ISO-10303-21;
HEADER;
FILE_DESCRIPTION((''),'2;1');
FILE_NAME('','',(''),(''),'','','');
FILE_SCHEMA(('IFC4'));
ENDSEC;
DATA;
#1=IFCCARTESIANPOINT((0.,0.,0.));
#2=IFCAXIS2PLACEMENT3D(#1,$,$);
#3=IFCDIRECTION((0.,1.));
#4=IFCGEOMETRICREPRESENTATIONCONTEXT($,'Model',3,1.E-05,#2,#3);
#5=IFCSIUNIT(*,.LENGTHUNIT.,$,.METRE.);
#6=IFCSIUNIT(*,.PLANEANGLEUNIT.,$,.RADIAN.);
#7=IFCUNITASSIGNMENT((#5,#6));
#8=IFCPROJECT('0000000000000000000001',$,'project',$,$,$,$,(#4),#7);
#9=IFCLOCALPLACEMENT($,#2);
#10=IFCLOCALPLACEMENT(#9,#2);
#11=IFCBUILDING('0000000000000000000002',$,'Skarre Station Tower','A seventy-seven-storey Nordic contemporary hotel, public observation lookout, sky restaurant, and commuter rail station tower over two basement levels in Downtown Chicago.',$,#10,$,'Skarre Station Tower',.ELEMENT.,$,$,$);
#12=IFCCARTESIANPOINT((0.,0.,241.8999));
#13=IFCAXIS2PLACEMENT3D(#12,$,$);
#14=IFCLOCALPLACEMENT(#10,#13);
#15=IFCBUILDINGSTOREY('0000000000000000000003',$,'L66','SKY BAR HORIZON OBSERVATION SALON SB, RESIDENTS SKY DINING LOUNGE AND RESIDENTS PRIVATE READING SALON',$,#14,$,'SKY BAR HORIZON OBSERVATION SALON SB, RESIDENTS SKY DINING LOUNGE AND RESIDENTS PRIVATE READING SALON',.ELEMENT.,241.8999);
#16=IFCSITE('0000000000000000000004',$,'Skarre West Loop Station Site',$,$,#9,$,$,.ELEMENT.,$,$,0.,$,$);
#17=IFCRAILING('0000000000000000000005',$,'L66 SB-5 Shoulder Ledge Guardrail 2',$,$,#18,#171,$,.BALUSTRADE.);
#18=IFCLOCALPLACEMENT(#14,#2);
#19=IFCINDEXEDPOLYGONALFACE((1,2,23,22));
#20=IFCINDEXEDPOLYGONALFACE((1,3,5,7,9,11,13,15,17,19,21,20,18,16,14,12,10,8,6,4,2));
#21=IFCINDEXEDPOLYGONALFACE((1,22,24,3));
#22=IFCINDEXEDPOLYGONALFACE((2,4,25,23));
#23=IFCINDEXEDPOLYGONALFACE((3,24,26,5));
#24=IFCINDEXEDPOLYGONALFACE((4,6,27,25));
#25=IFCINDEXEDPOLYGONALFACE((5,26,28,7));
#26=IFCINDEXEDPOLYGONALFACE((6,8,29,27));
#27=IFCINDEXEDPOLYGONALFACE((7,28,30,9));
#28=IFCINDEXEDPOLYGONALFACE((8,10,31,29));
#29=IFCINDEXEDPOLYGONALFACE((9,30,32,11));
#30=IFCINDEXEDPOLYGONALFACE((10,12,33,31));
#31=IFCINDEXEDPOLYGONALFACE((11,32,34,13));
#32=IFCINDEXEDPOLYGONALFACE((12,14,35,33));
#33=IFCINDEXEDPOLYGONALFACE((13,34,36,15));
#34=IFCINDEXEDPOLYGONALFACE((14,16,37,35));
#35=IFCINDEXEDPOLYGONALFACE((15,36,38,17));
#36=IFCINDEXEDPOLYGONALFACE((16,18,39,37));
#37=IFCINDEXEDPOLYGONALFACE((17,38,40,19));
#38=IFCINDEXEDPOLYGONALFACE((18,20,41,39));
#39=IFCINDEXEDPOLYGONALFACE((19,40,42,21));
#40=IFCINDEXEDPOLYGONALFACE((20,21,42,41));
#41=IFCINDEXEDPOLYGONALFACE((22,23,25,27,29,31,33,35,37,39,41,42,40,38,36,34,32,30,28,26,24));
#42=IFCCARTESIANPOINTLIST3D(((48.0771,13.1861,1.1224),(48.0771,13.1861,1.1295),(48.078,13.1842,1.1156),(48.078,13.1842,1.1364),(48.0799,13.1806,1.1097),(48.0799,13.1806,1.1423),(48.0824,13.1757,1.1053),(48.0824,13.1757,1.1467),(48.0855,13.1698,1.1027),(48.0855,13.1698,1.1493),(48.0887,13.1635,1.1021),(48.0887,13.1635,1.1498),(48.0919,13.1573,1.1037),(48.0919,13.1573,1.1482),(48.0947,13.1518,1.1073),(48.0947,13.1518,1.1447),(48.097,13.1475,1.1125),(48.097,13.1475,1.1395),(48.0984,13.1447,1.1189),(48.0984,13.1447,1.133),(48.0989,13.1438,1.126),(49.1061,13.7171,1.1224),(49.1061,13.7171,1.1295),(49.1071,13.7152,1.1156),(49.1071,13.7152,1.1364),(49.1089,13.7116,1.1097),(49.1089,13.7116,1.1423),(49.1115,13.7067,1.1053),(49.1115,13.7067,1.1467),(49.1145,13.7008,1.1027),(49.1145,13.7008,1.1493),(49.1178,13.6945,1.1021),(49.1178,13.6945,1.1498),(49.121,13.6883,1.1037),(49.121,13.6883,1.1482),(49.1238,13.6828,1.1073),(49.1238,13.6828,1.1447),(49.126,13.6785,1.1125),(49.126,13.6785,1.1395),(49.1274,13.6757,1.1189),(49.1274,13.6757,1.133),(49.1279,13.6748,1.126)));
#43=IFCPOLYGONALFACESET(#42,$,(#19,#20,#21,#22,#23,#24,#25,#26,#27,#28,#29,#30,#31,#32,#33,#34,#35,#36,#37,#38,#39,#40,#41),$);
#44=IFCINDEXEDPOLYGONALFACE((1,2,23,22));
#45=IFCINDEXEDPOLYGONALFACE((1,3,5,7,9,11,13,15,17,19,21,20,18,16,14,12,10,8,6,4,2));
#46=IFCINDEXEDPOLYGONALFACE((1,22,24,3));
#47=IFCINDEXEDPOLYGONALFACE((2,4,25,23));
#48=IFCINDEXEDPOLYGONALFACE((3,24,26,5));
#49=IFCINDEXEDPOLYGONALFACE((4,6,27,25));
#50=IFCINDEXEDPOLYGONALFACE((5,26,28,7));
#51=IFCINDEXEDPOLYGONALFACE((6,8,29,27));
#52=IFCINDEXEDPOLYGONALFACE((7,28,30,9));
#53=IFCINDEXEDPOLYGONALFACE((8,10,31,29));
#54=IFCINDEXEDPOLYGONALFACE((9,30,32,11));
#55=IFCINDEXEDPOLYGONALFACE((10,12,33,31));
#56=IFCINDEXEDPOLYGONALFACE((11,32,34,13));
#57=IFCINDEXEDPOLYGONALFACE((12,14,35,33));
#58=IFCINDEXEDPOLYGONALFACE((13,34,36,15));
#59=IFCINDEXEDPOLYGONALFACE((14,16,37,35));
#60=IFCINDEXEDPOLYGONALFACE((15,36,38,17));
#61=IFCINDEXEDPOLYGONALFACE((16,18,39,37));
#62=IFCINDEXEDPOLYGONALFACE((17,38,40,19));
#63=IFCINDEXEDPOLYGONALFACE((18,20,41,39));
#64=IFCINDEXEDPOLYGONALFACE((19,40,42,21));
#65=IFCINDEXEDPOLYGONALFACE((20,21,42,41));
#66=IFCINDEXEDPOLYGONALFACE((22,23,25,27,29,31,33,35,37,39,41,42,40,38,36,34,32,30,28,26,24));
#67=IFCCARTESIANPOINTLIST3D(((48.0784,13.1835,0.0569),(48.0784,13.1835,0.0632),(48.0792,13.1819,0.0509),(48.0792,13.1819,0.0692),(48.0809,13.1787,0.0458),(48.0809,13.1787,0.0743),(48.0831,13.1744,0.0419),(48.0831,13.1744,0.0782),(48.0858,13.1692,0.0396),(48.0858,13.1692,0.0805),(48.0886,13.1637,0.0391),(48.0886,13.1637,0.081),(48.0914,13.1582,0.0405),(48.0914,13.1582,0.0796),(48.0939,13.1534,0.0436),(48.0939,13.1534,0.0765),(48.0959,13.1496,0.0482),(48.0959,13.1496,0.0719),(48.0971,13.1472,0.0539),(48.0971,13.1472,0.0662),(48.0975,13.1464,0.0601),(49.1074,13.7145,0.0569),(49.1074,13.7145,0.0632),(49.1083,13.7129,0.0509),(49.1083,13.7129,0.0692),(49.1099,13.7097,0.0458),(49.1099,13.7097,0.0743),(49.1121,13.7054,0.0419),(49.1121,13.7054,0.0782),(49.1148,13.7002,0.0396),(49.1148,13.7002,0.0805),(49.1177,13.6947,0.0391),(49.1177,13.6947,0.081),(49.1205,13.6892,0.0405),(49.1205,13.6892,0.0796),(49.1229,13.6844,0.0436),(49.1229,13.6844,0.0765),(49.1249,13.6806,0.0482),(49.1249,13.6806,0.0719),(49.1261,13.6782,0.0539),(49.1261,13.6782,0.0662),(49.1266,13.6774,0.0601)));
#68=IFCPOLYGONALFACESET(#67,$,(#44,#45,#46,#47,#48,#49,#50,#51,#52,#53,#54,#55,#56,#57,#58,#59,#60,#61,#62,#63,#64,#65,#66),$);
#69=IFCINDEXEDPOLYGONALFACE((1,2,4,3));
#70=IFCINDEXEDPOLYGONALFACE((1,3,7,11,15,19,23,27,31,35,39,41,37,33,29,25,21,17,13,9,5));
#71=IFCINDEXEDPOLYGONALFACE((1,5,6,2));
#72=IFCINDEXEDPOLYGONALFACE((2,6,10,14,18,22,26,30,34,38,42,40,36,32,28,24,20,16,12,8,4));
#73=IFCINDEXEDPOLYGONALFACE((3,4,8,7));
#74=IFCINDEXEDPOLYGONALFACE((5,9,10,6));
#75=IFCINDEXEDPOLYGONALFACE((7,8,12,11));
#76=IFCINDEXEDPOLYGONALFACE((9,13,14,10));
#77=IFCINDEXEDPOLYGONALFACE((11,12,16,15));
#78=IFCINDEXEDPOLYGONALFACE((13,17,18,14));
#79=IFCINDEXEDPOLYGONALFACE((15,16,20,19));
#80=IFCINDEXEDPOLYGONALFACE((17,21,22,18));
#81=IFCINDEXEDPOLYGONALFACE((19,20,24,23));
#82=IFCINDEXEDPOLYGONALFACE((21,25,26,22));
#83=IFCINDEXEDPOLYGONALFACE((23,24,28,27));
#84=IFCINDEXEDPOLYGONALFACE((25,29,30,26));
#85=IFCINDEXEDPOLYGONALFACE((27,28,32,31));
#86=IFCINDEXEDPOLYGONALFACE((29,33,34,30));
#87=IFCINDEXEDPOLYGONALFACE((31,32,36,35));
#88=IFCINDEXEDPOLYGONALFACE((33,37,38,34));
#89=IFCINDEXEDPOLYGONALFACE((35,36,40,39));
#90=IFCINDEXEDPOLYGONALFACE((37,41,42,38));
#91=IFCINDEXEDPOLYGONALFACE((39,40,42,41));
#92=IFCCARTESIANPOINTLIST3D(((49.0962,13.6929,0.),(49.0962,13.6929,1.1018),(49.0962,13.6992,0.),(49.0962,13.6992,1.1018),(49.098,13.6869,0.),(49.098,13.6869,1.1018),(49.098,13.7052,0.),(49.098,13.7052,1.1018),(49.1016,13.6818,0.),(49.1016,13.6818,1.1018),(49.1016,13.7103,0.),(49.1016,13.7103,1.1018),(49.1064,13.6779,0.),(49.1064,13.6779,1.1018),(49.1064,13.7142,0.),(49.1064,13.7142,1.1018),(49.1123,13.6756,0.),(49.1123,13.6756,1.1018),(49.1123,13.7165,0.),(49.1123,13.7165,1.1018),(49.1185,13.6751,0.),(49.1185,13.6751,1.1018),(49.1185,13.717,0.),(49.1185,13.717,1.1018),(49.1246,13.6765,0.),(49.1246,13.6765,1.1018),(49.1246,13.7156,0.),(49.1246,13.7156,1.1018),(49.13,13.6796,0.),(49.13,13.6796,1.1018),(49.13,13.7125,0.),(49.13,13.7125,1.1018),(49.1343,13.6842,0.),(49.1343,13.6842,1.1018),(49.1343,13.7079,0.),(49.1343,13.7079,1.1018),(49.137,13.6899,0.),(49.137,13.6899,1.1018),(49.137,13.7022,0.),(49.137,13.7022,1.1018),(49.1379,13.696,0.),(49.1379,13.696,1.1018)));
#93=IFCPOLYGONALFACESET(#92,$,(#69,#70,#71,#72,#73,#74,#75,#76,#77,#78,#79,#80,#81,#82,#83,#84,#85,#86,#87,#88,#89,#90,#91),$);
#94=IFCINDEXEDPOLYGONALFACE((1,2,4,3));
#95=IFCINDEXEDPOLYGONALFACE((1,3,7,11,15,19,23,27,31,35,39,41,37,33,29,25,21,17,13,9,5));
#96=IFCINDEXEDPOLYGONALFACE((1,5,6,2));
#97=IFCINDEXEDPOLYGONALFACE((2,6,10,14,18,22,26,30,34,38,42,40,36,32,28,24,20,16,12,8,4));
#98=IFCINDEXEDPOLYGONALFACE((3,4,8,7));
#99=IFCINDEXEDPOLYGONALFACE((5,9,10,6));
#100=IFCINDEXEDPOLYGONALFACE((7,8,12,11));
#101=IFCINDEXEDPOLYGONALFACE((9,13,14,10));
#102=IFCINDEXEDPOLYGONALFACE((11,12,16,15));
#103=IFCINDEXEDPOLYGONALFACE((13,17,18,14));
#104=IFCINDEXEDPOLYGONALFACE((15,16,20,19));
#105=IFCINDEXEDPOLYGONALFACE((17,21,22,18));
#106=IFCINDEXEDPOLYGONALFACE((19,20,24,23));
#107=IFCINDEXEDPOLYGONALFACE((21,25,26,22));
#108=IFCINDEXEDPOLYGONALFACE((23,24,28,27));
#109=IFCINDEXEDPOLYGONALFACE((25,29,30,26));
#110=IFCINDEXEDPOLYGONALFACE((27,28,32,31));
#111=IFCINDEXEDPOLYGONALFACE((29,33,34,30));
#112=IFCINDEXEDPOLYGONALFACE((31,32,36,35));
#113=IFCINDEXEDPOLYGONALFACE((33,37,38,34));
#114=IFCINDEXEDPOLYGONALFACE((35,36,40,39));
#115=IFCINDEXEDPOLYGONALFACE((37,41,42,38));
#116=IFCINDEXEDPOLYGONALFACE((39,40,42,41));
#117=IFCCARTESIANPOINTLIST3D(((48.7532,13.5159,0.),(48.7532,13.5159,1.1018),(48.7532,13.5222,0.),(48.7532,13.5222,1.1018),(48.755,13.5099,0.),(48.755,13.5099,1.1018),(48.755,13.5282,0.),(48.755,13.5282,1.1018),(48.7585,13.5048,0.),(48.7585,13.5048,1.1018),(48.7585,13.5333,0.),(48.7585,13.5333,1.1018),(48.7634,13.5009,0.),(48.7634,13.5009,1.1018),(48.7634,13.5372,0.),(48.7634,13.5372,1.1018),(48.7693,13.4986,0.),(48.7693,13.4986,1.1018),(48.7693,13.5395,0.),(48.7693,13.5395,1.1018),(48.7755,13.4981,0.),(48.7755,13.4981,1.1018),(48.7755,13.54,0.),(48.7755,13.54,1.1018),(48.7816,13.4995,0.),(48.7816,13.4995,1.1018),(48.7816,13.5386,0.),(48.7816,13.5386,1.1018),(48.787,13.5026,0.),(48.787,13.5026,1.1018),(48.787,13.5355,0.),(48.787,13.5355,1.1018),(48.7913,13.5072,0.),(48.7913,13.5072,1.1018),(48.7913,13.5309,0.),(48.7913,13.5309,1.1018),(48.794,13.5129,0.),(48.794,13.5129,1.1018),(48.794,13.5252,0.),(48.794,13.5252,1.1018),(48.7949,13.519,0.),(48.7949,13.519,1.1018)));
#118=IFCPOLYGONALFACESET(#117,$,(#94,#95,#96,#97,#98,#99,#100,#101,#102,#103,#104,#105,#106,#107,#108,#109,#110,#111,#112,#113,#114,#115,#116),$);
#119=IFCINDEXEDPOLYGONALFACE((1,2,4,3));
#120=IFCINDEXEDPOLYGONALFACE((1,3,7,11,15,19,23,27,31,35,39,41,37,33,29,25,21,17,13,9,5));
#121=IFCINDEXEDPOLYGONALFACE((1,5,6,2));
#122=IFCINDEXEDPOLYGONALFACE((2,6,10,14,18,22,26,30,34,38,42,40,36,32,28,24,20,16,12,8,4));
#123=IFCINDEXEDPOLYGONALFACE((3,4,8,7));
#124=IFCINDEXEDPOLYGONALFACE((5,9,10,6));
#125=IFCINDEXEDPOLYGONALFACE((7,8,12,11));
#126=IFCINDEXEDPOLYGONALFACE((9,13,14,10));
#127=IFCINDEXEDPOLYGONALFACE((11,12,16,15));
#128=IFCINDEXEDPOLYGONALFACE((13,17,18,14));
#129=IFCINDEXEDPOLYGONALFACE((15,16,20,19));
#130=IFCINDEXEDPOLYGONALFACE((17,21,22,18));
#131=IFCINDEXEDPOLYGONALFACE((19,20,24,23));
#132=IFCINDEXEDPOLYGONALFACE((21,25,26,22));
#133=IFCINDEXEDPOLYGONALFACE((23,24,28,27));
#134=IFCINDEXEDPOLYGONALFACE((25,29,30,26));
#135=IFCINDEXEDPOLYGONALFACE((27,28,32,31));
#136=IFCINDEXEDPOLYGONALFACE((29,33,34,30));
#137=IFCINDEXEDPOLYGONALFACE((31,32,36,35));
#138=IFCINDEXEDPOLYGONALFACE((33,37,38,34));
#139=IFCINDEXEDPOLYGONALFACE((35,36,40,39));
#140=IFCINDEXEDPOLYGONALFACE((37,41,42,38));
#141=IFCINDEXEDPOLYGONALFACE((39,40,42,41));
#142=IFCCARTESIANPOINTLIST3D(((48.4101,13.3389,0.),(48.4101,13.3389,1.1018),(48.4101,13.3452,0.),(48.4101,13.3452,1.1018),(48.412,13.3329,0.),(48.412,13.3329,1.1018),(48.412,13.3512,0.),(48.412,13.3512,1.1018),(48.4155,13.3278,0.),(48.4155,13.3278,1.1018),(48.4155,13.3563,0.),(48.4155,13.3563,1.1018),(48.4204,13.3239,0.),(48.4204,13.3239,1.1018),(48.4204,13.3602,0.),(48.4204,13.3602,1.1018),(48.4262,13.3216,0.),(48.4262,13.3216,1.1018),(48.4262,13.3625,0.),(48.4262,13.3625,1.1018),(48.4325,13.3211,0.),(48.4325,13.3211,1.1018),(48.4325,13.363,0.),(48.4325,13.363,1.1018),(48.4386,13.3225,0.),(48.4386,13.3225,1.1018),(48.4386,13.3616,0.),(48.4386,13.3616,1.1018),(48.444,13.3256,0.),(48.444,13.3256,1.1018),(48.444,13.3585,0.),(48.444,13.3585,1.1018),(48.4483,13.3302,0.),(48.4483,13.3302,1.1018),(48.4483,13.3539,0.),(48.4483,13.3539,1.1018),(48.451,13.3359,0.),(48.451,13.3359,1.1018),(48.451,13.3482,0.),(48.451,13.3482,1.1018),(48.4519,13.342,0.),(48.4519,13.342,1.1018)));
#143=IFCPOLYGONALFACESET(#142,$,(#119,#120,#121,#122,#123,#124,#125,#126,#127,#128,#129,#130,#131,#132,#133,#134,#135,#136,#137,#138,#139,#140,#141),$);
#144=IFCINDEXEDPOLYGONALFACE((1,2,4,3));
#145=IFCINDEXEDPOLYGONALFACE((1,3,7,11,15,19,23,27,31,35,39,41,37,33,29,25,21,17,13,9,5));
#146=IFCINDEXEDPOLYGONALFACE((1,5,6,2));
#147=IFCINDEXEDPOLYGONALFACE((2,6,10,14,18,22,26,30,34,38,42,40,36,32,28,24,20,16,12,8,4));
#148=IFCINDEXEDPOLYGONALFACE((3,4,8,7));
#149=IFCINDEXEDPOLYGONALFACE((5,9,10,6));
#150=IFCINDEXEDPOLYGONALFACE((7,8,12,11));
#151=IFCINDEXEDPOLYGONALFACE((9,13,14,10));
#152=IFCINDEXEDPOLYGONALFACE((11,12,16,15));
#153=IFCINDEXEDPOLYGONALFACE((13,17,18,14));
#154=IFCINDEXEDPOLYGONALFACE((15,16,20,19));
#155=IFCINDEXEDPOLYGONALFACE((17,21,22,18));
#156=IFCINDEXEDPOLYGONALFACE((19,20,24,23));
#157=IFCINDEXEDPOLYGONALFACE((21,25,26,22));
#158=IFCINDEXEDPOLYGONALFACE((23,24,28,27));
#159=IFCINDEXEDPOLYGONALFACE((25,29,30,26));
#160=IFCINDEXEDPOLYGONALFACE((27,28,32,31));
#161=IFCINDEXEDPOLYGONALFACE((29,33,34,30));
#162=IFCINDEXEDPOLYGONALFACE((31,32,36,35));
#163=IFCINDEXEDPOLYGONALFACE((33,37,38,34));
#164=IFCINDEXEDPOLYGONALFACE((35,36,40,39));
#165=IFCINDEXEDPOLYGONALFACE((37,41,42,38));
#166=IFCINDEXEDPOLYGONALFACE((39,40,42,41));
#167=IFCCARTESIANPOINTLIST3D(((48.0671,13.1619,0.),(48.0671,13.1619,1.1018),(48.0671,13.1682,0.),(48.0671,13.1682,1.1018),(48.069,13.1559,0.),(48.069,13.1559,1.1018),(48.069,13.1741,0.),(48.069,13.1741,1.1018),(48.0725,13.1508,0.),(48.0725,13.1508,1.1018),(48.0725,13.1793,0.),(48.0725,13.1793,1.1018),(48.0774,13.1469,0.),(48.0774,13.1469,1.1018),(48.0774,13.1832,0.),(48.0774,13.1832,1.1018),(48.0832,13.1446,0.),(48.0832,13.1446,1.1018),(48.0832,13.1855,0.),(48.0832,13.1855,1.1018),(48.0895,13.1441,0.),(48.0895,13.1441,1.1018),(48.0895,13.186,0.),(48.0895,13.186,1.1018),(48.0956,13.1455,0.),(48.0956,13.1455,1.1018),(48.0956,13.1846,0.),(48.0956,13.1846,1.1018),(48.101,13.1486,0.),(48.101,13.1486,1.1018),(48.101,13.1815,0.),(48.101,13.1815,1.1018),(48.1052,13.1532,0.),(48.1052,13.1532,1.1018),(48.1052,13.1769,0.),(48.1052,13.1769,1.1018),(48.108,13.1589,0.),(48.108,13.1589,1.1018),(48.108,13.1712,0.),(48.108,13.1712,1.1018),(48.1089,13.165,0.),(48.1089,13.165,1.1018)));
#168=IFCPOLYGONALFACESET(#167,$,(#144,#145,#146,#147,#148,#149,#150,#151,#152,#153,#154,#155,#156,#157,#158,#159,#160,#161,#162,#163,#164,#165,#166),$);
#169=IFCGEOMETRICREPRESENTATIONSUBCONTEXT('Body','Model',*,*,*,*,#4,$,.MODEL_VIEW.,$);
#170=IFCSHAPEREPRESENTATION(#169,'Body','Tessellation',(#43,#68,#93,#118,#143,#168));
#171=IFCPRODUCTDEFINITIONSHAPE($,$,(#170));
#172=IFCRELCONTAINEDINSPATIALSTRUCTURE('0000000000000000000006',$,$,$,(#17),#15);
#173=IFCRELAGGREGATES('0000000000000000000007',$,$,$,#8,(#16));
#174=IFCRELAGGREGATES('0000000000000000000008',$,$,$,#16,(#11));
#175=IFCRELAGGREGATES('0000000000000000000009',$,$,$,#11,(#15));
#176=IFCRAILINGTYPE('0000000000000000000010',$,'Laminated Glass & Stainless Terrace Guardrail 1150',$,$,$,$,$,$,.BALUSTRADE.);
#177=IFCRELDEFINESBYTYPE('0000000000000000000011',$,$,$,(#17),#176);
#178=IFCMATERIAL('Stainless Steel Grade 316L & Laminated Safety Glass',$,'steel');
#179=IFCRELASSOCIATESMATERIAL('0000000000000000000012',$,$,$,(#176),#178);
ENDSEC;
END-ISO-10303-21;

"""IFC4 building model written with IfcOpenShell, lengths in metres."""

from ifc_helpers import new_model, si_unit, direction, frame, origin, origin_2d, place, context, subcontext, project, spatial, circle, extrude, material, type_object, element, save


model = new_model("IFC4")

# Units and contexts
model_context = context("Model", 3, precision=1e-05, world=origin(), true_north=direction((0.0, 1.0)))
body_context = subcontext(model_context, "Body", "Model", "MODEL_VIEW")
ifc_project = project(units=[si_unit("LENGTHUNIT", "METRE"), si_unit("PLANEANGLEUNIT", "RADIAN")], contexts=[model_context])

# Site, building, storey
site_placement = place(None, origin())
site = spatial("IfcSite", under=ifc_project, at=site_placement, Name="Skarre West Loop Station Site", CompositionType="ELEMENT", RefElevation=0.0)
building_placement = place(site_placement, origin())
building = spatial("IfcBuilding", under=site, at=building_placement, Name="Skarre Station Tower", Description="A seventy-seven-storey Nordic contemporary hotel, public observation lookout, sky restaurant, and commuter rail station tower over two basement levels in Downtown Chicago.", LongName="Skarre Station Tower", CompositionType="ELEMENT")
storey_placement = place(building_placement, frame((0.0, 0.0, 241.8999)))
storey = spatial("IfcBuildingStorey", under=building, at=storey_placement, Name="L66", Description="SKY BAR HORIZON OBSERVATION SALON SB, RESIDENTS SKY DINING LOUNGE AND RESIDENTS PRIVATE READING SALON", LongName="SKY BAR HORIZON OBSERVATION SALON SB, RESIDENTS SKY DINING LOUNGE AND RESIDENTS PRIVATE READING SALON", CompositionType="ELEMENT", Elevation=241.8999)

# Railing
ifc_material_1 = material(Name="Stainless Steel Grade 316L & Laminated Safety Glass", Category="steel")
railing_type = type_object("IfcRailingType", Name="Laminated Glass & Stainless Terrace Guardrail 1150", PredefinedType="BALUSTRADE", material=ifc_material_1)
railing_placement = place(storey_placement, frame((49.1169, 13.696, 0.0)))
element("IfcRailing", 1, at=railing_placement, inside=storey, type_object=railing_type, Name="L66 SB-5 Shoulder Ledge Guardrail 2", PredefinedType="BALUSTRADE", context=body_context, shape_type="SweptSolid", body=[
    extrude(circle(Radius=0.0239, at=origin_2d()), frame((0.0, 0.0, 1.126), z_axis=(-0.888662, -0.458562, 0.0), x_axis=(0.458562, -0.888662, 0.0)), (0.0, 0.0, 1.0), 1.158),
    extrude(circle(Radius=0.021, at=origin_2d()), frame((0.0, 0.0, 0.0601), z_axis=(-0.888662, -0.458562, 0.0), x_axis=(0.458562, -0.888662, 0.0)), (0.0, 0.0, 1.0), 1.158),
    extrude(circle(Radius=0.021, at=origin_2d()), origin(), (0.0, 0.0, 1.0), 1.1018),
    extrude(circle(Radius=0.021, at=origin_2d()), frame((-0.343, -0.177, 0.0)), (0.0, 0.0, 1.0), 1.1018),
    extrude(circle(Radius=0.021, at=origin_2d()), frame((-0.686, -0.354, 0.0)), (0.0, 0.0, 1.0), 1.1018),
    extrude(circle(Radius=0.021, at=origin_2d()), frame((-1.0291, -0.531, 0.0)), (0.0, 0.0, 1.0), 1.1018),
])

save(model, "model.ifc")
